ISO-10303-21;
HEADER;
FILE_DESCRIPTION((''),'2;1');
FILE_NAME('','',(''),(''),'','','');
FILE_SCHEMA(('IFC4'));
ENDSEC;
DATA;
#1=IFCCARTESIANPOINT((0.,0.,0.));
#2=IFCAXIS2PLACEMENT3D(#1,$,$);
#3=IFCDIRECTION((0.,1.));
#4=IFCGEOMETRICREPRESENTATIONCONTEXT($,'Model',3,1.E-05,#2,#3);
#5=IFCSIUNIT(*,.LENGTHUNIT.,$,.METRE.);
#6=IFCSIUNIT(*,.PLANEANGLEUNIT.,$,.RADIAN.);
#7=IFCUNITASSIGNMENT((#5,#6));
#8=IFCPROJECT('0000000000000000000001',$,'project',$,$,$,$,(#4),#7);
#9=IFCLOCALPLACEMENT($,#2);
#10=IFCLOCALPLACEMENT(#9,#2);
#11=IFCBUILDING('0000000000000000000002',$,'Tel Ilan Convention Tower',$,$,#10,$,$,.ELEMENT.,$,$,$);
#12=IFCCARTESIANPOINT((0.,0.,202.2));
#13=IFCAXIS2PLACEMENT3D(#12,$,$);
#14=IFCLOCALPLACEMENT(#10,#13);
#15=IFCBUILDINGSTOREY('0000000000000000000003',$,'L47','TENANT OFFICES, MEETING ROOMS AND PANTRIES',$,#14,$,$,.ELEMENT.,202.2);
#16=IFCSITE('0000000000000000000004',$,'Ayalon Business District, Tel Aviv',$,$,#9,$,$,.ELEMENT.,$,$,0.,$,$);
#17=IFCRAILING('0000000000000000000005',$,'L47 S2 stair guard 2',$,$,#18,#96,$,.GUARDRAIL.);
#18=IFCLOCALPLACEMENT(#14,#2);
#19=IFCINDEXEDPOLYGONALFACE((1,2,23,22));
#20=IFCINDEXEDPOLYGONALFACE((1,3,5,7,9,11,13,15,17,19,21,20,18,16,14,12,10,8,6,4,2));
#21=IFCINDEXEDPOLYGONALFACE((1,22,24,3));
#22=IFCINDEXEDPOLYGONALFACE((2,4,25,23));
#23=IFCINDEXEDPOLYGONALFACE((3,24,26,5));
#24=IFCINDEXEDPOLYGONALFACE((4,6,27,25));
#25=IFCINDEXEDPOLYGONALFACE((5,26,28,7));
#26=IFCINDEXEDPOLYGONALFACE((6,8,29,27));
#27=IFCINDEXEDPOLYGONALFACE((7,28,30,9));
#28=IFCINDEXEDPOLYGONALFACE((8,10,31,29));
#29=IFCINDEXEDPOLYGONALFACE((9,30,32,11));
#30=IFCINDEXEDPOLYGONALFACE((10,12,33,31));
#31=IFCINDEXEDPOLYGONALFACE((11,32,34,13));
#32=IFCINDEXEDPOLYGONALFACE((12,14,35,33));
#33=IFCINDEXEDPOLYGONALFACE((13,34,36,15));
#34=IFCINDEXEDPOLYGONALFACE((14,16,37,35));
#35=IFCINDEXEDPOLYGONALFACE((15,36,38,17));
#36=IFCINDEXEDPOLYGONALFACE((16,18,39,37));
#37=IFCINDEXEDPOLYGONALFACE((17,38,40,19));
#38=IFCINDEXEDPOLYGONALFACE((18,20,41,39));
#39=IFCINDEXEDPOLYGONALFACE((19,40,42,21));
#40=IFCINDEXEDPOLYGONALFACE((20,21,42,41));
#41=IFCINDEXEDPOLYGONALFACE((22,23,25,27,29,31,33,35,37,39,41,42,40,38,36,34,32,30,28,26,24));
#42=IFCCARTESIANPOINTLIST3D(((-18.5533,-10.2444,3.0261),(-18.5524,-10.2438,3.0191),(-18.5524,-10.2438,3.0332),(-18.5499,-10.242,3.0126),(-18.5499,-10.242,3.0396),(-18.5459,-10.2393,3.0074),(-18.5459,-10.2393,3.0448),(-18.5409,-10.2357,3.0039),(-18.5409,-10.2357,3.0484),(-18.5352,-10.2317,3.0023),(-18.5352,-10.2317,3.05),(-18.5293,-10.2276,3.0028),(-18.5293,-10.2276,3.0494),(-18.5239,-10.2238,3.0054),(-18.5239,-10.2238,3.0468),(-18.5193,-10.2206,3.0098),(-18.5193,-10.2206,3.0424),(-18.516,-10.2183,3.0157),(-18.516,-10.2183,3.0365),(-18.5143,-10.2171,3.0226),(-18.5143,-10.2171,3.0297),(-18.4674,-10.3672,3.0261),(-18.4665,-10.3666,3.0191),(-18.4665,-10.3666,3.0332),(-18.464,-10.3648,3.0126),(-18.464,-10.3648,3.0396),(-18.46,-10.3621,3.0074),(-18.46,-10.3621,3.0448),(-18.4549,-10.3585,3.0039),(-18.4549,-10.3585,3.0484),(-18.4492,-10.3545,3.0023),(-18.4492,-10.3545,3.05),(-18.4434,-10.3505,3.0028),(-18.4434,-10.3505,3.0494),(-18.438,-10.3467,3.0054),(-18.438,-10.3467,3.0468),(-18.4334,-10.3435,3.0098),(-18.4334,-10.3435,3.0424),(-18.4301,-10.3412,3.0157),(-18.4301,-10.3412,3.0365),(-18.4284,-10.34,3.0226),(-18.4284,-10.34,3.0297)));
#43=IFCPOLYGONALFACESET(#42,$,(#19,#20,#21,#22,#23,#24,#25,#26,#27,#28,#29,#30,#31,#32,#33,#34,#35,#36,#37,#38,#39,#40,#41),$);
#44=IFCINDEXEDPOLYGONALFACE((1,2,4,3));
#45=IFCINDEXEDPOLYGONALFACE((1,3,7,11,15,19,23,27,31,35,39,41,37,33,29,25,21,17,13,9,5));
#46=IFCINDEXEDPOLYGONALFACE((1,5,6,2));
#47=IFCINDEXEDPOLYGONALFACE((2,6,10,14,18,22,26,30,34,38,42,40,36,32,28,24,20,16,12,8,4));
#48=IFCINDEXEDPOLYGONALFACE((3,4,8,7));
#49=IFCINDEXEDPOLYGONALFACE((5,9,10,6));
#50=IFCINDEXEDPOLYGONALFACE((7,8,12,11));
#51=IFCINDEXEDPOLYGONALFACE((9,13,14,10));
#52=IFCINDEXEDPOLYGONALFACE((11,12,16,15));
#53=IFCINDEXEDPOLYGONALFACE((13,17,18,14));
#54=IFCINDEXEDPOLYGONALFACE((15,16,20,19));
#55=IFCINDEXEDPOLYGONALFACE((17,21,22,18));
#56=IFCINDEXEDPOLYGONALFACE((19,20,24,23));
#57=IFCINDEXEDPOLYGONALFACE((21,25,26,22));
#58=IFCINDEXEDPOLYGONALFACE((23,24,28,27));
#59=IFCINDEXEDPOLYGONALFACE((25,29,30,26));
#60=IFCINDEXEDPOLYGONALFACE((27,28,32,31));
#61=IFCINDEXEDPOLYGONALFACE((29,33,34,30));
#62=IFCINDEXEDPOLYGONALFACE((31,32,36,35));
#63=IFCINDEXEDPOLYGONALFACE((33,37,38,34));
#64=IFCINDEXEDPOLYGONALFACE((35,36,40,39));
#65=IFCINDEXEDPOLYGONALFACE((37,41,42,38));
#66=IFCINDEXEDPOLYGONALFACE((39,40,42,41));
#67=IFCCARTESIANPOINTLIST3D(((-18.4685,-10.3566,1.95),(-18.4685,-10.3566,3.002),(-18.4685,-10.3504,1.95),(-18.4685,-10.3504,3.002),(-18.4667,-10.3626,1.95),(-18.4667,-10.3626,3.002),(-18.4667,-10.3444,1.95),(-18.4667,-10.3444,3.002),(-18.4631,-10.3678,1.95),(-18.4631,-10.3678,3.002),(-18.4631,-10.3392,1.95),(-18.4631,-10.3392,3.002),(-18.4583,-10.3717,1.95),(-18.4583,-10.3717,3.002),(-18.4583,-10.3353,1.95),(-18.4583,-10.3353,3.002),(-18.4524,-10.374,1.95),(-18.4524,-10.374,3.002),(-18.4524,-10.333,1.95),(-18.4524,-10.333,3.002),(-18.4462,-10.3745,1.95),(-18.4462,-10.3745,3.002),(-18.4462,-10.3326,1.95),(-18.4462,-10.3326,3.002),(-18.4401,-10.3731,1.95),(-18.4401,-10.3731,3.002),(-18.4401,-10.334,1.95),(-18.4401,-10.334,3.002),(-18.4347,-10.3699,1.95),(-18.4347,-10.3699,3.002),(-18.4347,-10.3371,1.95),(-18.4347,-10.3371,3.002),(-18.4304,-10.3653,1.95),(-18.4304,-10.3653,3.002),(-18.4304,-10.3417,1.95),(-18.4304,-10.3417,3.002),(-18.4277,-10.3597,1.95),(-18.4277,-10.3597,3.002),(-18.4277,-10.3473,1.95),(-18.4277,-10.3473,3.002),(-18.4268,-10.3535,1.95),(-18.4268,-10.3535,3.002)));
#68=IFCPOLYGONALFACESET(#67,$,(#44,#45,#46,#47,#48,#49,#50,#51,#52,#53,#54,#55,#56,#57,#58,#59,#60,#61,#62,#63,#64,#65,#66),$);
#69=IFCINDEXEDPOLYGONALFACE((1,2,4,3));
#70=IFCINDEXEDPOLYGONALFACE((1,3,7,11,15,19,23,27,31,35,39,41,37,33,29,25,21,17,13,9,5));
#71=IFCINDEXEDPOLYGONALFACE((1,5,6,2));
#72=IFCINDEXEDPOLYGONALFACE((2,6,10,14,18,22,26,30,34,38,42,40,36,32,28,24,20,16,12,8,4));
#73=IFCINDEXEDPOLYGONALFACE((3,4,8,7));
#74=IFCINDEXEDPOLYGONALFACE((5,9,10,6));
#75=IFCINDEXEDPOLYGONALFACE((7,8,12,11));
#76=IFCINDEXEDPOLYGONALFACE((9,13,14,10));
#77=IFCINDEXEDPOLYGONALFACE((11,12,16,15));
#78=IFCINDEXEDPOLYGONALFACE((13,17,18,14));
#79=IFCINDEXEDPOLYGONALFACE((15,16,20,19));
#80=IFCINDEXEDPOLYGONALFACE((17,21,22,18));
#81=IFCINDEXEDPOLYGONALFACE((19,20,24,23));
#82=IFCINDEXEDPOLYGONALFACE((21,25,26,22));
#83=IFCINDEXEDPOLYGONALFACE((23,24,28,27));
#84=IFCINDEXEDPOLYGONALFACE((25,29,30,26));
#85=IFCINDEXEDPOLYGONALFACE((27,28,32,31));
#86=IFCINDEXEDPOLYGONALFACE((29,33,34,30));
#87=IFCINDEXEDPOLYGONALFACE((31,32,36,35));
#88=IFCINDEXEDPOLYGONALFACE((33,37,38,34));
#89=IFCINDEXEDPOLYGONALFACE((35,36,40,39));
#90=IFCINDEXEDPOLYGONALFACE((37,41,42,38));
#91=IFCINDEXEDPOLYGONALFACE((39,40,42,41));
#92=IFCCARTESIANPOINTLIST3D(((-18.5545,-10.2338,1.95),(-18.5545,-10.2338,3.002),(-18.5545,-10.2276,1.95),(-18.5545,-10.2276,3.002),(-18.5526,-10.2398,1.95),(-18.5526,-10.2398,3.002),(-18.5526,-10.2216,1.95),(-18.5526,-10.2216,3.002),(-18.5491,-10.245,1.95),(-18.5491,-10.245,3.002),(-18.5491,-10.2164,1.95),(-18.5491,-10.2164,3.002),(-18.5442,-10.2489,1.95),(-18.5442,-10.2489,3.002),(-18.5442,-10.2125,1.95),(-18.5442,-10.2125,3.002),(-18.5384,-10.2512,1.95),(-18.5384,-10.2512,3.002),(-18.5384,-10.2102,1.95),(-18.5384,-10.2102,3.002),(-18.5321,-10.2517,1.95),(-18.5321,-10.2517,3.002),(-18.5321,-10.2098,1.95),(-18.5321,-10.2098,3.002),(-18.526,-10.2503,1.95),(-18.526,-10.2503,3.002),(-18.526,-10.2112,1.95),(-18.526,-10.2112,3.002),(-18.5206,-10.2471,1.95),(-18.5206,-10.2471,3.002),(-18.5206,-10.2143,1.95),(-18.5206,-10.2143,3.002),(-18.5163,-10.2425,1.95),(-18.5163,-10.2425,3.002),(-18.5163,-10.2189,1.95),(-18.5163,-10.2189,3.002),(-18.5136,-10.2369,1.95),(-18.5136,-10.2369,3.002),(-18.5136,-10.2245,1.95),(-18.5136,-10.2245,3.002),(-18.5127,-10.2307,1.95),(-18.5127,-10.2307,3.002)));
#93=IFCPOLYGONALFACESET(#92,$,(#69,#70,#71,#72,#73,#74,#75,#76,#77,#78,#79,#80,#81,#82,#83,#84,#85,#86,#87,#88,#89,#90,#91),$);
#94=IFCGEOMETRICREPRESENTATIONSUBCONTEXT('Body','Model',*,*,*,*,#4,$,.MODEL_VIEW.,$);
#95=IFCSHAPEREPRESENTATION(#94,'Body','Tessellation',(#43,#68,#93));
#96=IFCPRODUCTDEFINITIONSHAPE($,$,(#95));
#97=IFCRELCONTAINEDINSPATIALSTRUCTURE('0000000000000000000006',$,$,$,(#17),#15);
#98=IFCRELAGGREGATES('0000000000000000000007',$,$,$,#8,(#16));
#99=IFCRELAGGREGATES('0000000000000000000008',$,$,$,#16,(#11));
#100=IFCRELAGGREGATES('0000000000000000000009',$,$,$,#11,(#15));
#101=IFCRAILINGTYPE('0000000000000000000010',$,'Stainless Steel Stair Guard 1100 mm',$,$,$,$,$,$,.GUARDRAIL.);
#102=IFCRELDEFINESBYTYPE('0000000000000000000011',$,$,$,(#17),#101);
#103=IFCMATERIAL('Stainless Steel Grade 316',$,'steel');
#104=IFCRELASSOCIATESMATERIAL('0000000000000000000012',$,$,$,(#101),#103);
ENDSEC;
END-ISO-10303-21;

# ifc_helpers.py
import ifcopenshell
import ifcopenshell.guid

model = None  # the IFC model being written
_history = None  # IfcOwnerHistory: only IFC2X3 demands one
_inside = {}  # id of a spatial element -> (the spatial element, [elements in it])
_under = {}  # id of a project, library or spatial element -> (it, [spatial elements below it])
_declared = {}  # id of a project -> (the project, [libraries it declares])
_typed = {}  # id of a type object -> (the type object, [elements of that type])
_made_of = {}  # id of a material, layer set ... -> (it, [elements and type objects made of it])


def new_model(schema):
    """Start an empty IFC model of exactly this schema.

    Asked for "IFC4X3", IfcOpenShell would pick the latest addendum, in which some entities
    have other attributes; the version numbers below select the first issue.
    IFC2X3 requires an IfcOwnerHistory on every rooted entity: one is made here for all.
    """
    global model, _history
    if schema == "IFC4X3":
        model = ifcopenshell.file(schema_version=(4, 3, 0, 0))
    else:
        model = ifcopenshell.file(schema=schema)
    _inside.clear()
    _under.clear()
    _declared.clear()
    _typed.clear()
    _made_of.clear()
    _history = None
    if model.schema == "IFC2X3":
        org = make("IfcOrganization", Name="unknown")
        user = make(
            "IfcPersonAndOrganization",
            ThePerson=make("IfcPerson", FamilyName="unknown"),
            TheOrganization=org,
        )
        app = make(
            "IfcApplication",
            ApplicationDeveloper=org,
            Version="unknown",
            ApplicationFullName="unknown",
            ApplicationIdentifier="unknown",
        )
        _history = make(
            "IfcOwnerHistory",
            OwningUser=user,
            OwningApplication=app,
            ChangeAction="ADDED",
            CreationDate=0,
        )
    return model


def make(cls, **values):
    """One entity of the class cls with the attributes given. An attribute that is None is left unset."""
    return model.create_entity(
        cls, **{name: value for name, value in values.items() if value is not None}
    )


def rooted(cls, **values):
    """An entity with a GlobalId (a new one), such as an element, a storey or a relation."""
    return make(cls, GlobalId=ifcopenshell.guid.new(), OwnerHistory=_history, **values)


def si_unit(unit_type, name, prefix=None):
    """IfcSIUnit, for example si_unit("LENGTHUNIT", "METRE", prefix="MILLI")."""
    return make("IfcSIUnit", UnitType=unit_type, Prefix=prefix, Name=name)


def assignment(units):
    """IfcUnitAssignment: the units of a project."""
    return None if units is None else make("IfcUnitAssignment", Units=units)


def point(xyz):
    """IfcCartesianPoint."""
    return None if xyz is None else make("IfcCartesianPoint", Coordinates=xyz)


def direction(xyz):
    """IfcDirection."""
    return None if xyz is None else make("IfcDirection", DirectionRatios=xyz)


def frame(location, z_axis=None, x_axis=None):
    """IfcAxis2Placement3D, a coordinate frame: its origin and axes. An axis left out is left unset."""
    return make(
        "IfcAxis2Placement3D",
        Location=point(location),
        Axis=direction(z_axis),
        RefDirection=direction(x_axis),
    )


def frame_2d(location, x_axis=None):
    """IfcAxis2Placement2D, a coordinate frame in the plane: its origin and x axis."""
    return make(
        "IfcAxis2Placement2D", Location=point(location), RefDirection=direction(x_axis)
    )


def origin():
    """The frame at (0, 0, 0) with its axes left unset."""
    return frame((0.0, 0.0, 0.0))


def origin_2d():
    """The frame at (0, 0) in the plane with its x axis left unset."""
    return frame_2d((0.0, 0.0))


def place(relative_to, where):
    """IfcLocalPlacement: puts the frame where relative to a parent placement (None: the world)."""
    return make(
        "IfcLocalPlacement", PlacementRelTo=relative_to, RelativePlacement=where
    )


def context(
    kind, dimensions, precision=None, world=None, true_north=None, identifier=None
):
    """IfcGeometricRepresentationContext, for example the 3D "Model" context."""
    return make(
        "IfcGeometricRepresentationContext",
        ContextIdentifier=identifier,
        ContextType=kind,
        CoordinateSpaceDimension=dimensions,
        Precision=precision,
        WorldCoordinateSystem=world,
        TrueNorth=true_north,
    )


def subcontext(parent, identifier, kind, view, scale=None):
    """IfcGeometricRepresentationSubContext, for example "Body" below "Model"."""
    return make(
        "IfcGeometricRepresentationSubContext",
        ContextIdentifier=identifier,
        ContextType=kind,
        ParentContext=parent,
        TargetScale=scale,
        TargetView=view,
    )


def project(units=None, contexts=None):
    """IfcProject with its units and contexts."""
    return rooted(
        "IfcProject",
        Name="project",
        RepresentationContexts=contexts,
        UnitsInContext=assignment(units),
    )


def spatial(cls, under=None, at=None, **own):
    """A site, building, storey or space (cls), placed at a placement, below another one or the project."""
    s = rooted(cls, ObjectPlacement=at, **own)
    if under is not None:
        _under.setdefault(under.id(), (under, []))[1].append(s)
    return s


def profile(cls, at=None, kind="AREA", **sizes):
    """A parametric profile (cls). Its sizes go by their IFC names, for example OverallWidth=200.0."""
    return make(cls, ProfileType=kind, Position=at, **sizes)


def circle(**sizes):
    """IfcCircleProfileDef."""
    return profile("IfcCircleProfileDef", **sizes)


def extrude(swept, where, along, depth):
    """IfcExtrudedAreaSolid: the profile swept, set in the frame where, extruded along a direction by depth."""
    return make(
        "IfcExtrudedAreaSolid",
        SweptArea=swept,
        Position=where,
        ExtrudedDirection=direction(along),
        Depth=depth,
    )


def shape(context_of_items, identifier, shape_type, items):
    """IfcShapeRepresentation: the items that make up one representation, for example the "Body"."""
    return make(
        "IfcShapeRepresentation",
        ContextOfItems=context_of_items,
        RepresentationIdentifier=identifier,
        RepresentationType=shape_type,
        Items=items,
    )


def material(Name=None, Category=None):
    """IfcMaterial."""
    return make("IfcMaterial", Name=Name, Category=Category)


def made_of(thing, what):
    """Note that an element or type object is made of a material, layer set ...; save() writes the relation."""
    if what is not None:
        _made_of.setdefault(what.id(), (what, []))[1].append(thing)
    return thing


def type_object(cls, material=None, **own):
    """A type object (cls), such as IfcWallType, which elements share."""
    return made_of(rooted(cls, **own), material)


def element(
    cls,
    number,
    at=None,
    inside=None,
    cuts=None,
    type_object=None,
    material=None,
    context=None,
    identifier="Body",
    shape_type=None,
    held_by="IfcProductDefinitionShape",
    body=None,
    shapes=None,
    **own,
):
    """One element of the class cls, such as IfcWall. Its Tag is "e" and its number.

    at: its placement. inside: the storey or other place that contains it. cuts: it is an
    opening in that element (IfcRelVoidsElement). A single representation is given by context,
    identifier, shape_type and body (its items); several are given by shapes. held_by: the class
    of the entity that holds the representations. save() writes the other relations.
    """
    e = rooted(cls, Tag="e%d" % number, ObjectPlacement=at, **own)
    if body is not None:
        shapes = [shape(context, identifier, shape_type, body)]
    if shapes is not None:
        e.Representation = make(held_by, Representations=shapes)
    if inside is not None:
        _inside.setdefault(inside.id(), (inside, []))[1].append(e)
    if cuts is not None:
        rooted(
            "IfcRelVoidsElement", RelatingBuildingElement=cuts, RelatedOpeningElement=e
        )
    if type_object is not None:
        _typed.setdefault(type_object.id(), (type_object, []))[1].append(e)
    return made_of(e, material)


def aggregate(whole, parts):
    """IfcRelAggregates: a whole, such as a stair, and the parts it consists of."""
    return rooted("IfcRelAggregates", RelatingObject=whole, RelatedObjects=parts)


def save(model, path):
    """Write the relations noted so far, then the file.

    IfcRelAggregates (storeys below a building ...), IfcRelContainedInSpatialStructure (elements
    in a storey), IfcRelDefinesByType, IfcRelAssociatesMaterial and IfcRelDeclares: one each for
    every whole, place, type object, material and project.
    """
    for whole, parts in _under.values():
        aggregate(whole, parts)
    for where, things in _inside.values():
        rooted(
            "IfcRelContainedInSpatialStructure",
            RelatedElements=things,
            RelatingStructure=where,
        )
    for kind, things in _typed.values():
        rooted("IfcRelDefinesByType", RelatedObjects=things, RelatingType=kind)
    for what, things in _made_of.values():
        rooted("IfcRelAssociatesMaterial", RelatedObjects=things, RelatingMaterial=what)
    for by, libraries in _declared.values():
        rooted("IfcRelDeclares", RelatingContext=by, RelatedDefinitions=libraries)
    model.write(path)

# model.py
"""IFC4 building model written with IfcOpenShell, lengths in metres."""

from ifc_helpers import new_model, si_unit, direction, frame, origin, origin_2d, place, context, subcontext, project, spatial, circle, extrude, material, type_object, element, save


model = new_model("IFC4")

# Units and contexts
model_context = context("Model", 3, precision=1e-05, world=origin(), true_north=direction((0.0, 1.0)))
body_context = subcontext(model_context, "Body", "Model", "MODEL_VIEW")
ifc_project = project(units=[si_unit("LENGTHUNIT", "METRE"), si_unit("PLANEANGLEUNIT", "RADIAN")], contexts=[model_context])

# Site, building, storey
site_placement = place(None, origin())
site = spatial("IfcSite", under=ifc_project, at=site_placement, Name="Ayalon Business District, Tel Aviv", CompositionType="ELEMENT", RefElevation=0.0)
building_placement = place(site_placement, origin())
building = spatial("IfcBuilding", under=site, at=building_placement, Name="Tel Ilan Convention Tower", CompositionType="ELEMENT")
storey_placement = place(building_placement, frame((0.0, 0.0, 202.2)))
storey = spatial("IfcBuildingStorey", under=building, at=storey_placement, Name="L47", Description="TENANT OFFICES, MEETING ROOMS AND PANTRIES", CompositionType="ELEMENT", Elevation=202.2)

# Railing
ifc_material_1 = material(Name="Stainless Steel Grade 316", Category="steel")
railing_type_1 = type_object("IfcRailingType", Name="Stainless Steel Stair Guard 1100 mm", PredefinedType="GUARDRAIL", material=ifc_material_1)
railing_1_placement = place(storey_placement, frame((-18.4478, -10.3535, 1.95)))
element("IfcRailing", 1, at=railing_1_placement, inside=storey, type_object=railing_type_1, Name="L47 S2 stair guard 2", PredefinedType="GUARDRAIL", context=body_context, shape_type="SweptSolid", body=[
    extrude(circle(Radius=0.0239, at=origin_2d()), frame((0.0, 0.0, 1.0762), z_axis=(-0.573353, 0.819308, 0.0), x_axis=(-0.819308, -0.573353, 0.0)), (0.0, 0.0, 1.0), 0.1499),
    extrude(circle(Radius=0.021, at=origin_2d()), origin(), (0.0, 0.0, 1.0), 1.052),
    extrude(circle(Radius=0.021, at=origin_2d()), frame((-0.0859, 0.1228, 0.0)), (0.0, 0.0, 1.0), 1.052),
])

save(model, "model.ifc")
